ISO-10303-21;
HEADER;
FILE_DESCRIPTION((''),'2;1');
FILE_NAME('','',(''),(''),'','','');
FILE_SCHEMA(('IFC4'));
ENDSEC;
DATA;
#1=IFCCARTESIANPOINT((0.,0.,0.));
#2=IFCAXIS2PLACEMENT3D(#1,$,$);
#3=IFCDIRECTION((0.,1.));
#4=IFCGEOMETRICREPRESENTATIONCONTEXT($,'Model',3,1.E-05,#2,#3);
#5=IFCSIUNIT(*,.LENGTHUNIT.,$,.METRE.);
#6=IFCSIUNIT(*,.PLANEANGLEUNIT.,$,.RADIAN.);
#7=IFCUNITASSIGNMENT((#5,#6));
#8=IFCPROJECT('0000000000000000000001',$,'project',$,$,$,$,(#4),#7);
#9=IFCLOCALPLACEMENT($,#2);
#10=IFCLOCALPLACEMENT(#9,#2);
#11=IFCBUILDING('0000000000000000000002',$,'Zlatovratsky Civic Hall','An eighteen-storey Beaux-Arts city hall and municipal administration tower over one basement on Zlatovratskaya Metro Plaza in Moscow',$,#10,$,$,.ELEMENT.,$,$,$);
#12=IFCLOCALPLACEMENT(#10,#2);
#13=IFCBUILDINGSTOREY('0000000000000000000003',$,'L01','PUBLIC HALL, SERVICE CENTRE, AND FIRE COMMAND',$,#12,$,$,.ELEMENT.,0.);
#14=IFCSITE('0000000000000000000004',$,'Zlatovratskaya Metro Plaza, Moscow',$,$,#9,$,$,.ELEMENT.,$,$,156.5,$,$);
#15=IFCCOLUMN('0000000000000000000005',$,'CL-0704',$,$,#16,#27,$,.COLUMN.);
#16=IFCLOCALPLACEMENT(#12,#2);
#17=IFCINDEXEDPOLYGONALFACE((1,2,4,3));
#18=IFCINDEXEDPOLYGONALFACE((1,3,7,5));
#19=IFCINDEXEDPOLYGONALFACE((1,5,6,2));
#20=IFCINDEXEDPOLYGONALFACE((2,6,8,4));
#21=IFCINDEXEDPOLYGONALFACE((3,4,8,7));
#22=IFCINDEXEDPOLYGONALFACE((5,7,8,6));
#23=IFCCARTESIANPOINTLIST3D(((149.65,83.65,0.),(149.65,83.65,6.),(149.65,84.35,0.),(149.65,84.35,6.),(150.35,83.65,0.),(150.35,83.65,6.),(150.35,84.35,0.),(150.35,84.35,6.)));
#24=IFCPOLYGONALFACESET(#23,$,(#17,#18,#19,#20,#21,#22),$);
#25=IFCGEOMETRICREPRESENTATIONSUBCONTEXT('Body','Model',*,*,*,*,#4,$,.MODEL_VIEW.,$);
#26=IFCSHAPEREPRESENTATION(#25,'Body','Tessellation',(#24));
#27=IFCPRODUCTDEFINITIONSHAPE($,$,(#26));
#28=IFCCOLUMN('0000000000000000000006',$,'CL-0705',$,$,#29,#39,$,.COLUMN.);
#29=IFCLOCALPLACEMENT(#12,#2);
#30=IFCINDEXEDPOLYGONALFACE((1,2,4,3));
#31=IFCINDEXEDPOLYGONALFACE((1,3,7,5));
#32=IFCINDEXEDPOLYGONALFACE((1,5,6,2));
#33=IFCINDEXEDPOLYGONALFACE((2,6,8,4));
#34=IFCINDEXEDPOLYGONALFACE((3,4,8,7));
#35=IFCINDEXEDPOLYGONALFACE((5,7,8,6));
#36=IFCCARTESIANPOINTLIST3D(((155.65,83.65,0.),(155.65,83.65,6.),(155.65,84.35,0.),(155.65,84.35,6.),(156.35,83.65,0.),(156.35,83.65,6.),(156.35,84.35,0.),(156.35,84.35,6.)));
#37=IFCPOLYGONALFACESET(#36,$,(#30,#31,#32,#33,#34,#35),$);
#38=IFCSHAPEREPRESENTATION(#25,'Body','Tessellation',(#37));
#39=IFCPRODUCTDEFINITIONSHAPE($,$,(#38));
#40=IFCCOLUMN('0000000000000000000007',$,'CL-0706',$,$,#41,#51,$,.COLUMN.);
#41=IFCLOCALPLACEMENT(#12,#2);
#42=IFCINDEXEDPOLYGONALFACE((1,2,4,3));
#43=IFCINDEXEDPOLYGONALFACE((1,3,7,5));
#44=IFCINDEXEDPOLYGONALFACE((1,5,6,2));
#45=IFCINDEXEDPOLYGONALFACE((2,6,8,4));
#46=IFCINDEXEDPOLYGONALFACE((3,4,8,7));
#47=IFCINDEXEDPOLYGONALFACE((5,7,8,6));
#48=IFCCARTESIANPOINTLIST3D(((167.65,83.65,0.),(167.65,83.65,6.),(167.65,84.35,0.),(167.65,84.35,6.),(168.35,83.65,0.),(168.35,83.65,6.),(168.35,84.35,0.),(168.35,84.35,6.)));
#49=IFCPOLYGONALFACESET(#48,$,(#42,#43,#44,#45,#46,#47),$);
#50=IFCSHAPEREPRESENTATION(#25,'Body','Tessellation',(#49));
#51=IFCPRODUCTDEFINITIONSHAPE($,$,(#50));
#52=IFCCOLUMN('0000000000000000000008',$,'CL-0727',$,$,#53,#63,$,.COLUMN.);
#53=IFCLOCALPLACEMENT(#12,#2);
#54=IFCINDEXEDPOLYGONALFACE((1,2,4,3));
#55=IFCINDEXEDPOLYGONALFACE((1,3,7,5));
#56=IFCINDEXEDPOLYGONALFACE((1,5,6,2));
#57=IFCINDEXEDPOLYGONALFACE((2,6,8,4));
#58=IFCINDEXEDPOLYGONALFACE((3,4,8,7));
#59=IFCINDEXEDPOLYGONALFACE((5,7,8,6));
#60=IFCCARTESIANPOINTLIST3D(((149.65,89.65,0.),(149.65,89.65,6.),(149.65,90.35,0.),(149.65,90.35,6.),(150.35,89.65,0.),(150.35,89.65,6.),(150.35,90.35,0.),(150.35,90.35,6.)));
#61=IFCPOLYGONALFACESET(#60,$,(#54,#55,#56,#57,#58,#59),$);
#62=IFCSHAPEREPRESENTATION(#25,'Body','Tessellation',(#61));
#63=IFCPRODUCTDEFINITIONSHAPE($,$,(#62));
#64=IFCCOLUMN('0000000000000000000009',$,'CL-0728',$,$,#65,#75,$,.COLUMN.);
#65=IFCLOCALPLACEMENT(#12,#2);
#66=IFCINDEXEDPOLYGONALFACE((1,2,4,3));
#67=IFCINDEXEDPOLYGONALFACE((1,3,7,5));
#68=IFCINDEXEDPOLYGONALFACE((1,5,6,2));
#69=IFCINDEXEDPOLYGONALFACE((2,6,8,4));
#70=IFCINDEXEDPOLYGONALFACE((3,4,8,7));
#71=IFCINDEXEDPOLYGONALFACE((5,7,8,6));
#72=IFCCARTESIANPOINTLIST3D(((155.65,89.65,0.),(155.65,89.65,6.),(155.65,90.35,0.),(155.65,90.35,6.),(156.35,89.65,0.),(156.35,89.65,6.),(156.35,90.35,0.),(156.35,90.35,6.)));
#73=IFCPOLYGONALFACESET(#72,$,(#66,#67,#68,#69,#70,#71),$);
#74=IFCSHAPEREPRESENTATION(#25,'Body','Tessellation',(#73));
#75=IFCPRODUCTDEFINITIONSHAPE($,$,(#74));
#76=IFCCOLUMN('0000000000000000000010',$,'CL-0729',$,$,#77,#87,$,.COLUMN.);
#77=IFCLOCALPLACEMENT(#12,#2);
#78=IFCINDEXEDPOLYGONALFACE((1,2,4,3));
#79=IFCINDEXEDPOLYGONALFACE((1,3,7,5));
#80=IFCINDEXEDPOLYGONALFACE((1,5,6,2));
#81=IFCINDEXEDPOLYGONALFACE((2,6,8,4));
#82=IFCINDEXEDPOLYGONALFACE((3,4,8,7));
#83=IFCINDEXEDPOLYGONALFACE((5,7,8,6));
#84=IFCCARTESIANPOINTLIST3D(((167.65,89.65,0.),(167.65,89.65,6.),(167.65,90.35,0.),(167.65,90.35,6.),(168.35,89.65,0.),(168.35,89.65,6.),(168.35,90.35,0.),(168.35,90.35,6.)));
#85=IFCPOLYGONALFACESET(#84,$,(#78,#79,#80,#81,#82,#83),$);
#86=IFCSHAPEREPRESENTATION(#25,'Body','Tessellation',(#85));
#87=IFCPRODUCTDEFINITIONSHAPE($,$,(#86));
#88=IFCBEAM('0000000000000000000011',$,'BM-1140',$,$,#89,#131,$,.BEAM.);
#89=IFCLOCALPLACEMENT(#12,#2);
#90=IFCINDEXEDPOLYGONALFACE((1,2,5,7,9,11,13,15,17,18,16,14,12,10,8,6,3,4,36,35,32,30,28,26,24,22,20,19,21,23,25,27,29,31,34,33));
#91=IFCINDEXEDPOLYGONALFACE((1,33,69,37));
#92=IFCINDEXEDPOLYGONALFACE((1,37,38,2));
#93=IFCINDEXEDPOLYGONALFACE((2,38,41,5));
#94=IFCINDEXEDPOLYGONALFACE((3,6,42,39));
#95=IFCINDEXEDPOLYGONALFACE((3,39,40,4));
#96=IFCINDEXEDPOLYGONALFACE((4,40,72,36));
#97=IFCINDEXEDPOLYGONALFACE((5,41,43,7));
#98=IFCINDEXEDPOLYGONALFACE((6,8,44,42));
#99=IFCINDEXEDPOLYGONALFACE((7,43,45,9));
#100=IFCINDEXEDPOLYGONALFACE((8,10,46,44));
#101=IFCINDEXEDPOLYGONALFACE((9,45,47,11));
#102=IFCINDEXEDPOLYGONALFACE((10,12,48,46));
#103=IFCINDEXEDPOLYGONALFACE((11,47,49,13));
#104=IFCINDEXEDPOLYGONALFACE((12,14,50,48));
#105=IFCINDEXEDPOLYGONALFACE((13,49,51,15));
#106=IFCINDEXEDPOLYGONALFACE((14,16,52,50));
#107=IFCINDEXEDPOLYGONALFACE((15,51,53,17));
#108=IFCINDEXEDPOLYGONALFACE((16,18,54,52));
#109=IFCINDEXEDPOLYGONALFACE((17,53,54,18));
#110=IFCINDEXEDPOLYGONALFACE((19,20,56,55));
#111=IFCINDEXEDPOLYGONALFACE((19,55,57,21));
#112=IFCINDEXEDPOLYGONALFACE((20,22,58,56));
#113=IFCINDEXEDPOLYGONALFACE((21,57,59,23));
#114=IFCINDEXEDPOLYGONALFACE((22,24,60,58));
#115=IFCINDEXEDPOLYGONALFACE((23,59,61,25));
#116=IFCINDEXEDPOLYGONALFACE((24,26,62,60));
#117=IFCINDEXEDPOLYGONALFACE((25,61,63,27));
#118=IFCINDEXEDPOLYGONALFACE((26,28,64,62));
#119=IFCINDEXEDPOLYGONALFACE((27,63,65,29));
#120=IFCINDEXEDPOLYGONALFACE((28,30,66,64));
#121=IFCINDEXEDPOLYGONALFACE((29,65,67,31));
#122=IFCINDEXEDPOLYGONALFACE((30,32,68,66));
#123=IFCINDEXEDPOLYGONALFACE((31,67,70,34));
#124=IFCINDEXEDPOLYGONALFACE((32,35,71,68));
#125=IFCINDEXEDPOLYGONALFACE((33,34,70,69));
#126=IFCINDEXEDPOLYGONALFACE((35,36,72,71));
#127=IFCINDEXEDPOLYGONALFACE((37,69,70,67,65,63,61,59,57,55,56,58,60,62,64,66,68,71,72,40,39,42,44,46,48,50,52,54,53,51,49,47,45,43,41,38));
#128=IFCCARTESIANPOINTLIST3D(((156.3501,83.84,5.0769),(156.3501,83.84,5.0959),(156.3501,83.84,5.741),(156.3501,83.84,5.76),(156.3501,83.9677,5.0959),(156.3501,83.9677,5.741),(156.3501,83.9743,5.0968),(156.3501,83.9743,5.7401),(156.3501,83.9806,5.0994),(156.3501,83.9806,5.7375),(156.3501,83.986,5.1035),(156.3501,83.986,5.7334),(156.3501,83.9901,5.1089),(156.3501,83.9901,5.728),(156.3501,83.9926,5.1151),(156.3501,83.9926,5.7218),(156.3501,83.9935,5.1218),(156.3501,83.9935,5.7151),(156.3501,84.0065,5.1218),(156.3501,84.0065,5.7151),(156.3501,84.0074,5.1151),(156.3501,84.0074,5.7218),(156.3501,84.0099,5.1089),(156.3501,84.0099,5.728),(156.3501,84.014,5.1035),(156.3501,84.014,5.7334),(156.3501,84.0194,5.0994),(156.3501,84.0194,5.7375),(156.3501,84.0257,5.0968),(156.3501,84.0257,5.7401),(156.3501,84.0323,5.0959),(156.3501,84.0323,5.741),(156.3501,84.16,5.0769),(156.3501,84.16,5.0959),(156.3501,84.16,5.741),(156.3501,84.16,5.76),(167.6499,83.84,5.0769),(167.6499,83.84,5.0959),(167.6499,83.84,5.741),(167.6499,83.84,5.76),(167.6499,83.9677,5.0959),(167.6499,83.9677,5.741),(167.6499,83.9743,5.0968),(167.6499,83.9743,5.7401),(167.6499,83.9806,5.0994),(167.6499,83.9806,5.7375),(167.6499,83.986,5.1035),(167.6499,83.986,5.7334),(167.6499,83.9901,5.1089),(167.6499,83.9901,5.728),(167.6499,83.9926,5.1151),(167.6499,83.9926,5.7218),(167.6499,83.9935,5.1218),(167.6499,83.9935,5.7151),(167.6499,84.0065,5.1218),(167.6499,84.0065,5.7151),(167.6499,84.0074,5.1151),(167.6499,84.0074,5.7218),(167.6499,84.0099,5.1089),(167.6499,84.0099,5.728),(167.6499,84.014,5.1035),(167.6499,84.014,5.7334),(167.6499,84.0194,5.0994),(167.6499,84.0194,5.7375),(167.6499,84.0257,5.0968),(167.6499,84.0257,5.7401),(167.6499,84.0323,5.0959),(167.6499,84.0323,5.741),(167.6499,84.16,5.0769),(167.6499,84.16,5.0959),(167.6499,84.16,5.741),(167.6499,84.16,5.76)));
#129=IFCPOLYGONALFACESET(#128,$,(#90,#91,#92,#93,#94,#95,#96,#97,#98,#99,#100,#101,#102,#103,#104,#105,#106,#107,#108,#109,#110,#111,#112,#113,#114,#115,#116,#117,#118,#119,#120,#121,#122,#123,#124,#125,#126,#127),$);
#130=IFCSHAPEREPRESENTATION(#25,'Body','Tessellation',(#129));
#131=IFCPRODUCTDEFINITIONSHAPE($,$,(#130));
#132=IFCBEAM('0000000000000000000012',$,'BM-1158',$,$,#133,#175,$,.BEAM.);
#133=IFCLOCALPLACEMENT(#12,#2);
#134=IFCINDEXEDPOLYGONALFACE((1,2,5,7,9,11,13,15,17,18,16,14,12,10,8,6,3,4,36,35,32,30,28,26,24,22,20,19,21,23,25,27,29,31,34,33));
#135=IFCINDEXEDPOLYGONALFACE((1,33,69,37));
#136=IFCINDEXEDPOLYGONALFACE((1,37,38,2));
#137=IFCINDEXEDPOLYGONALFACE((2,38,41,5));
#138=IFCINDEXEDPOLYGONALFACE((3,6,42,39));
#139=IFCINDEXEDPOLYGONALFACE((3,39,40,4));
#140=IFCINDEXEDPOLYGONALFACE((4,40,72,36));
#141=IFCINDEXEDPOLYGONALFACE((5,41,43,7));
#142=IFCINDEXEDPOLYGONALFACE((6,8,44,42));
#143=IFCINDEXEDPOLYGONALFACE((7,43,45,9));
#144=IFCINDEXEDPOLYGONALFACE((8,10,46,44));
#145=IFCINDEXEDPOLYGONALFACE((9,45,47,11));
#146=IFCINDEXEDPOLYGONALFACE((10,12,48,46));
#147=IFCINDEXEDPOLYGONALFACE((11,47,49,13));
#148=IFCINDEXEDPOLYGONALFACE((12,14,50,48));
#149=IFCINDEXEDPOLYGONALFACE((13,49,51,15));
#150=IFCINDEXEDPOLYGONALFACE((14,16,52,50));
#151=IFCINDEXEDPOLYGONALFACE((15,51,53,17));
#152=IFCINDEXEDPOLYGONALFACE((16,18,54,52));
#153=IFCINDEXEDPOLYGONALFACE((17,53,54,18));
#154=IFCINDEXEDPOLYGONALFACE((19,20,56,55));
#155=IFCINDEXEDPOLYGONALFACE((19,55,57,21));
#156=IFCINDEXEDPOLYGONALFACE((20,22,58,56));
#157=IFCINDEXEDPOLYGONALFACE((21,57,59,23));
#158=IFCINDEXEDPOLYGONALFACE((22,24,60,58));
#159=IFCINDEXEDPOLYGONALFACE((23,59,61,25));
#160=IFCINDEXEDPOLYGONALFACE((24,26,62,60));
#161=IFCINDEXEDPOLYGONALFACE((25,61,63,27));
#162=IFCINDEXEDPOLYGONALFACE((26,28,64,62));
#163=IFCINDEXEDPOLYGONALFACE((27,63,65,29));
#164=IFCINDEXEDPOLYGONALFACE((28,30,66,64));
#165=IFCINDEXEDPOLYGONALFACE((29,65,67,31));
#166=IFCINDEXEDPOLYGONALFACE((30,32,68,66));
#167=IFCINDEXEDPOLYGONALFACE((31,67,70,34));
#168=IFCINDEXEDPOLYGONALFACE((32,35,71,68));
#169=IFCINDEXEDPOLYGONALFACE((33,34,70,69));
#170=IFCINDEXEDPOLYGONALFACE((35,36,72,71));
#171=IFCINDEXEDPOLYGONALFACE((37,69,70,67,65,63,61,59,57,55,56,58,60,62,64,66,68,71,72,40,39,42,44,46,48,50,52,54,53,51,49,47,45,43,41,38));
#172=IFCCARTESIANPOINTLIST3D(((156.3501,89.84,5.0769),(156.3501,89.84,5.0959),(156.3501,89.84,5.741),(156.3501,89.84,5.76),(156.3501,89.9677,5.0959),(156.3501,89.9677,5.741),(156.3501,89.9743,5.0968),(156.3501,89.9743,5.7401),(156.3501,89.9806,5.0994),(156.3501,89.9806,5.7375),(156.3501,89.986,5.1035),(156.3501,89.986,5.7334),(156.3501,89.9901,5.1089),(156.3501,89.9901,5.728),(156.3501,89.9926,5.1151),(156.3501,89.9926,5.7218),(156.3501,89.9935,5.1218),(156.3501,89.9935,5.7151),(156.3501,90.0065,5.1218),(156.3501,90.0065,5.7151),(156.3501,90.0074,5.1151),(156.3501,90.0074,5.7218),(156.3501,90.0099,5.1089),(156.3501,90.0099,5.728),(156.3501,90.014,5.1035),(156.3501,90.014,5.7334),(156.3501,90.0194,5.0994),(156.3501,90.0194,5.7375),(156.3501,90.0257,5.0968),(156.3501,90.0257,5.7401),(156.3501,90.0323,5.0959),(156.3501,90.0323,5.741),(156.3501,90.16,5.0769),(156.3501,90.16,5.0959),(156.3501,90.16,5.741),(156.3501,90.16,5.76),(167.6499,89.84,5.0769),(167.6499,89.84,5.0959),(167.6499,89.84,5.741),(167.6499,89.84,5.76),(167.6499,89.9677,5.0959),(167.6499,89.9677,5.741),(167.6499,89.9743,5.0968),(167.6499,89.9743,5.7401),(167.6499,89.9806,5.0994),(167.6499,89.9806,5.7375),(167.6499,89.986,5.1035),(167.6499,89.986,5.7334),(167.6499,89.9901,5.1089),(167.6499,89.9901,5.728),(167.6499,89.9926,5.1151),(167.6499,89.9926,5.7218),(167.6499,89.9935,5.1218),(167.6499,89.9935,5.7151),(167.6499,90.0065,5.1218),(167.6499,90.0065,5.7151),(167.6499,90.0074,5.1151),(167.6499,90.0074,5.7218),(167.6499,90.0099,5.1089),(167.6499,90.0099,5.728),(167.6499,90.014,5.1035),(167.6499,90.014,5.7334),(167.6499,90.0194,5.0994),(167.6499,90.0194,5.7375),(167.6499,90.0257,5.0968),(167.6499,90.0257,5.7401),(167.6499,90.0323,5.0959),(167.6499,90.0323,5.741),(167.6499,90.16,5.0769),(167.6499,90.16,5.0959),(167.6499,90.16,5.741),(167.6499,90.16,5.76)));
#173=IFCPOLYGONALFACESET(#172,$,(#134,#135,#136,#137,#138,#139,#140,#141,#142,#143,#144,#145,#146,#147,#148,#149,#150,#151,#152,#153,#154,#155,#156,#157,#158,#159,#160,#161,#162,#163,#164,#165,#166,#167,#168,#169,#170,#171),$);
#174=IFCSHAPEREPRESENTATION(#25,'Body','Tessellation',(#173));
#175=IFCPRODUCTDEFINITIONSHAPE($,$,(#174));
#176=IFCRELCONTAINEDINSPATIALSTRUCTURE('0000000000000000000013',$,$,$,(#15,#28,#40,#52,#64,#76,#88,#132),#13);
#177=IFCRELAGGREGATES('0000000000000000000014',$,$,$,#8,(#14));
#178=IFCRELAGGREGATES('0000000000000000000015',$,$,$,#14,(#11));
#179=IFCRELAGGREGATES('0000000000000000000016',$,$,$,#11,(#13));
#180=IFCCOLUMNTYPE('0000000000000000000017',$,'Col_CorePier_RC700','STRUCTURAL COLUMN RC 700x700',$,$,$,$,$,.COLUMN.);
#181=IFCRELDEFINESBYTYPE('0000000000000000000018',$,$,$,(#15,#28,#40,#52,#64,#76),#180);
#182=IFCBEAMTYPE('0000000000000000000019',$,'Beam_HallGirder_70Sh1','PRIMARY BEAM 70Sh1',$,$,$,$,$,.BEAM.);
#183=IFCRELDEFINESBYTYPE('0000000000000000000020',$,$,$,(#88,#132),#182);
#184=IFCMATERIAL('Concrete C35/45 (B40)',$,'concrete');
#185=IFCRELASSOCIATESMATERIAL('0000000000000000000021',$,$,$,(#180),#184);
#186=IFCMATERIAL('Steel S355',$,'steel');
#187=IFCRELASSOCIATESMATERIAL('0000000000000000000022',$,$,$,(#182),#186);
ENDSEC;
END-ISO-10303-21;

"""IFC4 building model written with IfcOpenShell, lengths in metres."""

from ifc_helpers import new_model, si_unit, direction, frame, origin, origin_2d, place, context, subcontext, project, spatial, rectangle, i_section, extrude, material, material_profile, profile_set, type_object, element, save


model = new_model("IFC4")

# Units and contexts
model_context = context("Model", 3, precision=1e-05, world=origin(), true_north=direction((0.0, 1.0)))
body_context = subcontext(model_context, "Body", "Model", "MODEL_VIEW")
ifc_project = project(units=[si_unit("LENGTHUNIT", "METRE"), si_unit("PLANEANGLEUNIT", "RADIAN")], contexts=[model_context])

# Site, building, storey
site_placement = place(None, origin())
site = spatial("IfcSite", under=ifc_project, at=site_placement, Name="Zlatovratskaya Metro Plaza, Moscow", CompositionType="ELEMENT", RefElevation=156.5)
building_placement = place(site_placement, origin())
building = spatial("IfcBuilding", under=site, at=building_placement, Name="Zlatovratsky Civic Hall", Description="An eighteen-storey Beaux-Arts city hall and municipal administration tower over one basement on Zlatovratskaya Metro Plaza in Moscow", CompositionType="ELEMENT")
storey_placement = place(building_placement, origin())
storey = spatial("IfcBuildingStorey", under=building, at=storey_placement, Name="L01", Description="PUBLIC HALL, SERVICE CENTRE, AND FIRE COMMAND", CompositionType="ELEMENT", Elevation=0.0)

# Columns
ifc_material_1 = material(Name="Concrete C35/45 (B40)", Category="concrete")
ifc_material_profile_1 = material_profile(ifc_material_1, rectangle(XDim=0.7, YDim=0.7, at=origin_2d()), Name="RC 700x700")
ifc_profile_set_1 = profile_set([ifc_material_profile_1], Name="Concrete C35/45 (B40)")
column_type = type_object("IfcColumnType", Name="Col_CorePier_RC700", Description="STRUCTURAL COLUMN RC 700x700", PredefinedType="COLUMN", material=ifc_profile_set_1)
for number, where, z_axis, x_axis, name in (
    (1, (150.0, 84.0, 0.0), (0.0, 0.0, 1.0), (1.0, 0.0, 0.0), "CL-0704"),
    (2, (156.0, 84.0, 0.0), (0.0, 0.0, 1.0), (1.0, 0.0, 0.0), "CL-0705"),
    (3, (168.0, 84.0, 0.0), (0.0, 0.0, 1.0), (1.0, 0.0, 0.0), "CL-0706"),
    (4, (150.0, 90.0, 0.0), (0.0, 0.0, 1.0), (1.0, 0.0, 0.0), "CL-0727"),
    (5, (156.0, 90.0, 0.0), (0.0, 0.0, 1.0), (1.0, 0.0, 0.0), "CL-0728"),
    (6, (168.0, 90.0, 0.0), (0.0, 0.0, 1.0), (1.0, 0.0, 0.0), "CL-0729"),
):
    element("IfcColumn", number, at=place(storey_placement, frame(where, z_axis=z_axis, x_axis=x_axis)), inside=storey, type_object=column_type, Name=name, PredefinedType="COLUMN", context=body_context, shape_type="SweptSolid", body=[
        extrude(rectangle(XDim=0.7, YDim=0.7, at=origin_2d()), origin(), (0.0, 0.0, 1.0), 6.0),
    ])

# Beams
ifc_material_2 = material(Name="Steel S355", Category="steel")
ifc_material_profile_2 = material_profile(ifc_material_2, i_section(OverallWidth=0.3201, OverallDepth=0.6831, WebThickness=0.0129, FlangeThickness=0.019, FilletRadius=0.0259, at=origin_2d()), Name="70Sh1")
ifc_profile_set_2 = profile_set([ifc_material_profile_2], Name="Steel S355")
beam_type_1 = type_object("IfcBeamType", Name="Beam_HallGirder_70Sh1", Description="PRIMARY BEAM 70Sh1", PredefinedType="BEAM", material=ifc_profile_set_2)
for number, where, z_axis, x_axis, name in (
    (7, (156.3501, 84.0, 5.4185), (1.0, 0.0, 0.0), (0.0, 1.0, 0.0), "BM-1140"),
    (8, (156.3501, 90.0, 5.4185), (1.0, 0.0, 0.0), (0.0, 1.0, 0.0), "BM-1158"),
):
    element("IfcBeam", number, at=place(storey_placement, frame(where, z_axis=z_axis, x_axis=x_axis)), inside=storey, type_object=beam_type_1, Name=name, PredefinedType="BEAM", context=body_context, shape_type="SweptSolid", body=[
        extrude(i_section(OverallWidth=0.3201, OverallDepth=0.6831, WebThickness=0.0129, FlangeThickness=0.019, FilletRadius=0.0259, at=origin_2d()), origin(), (0.0, 0.0, 1.0), 11.2998),
    ])

save(model, "model.ifc")
